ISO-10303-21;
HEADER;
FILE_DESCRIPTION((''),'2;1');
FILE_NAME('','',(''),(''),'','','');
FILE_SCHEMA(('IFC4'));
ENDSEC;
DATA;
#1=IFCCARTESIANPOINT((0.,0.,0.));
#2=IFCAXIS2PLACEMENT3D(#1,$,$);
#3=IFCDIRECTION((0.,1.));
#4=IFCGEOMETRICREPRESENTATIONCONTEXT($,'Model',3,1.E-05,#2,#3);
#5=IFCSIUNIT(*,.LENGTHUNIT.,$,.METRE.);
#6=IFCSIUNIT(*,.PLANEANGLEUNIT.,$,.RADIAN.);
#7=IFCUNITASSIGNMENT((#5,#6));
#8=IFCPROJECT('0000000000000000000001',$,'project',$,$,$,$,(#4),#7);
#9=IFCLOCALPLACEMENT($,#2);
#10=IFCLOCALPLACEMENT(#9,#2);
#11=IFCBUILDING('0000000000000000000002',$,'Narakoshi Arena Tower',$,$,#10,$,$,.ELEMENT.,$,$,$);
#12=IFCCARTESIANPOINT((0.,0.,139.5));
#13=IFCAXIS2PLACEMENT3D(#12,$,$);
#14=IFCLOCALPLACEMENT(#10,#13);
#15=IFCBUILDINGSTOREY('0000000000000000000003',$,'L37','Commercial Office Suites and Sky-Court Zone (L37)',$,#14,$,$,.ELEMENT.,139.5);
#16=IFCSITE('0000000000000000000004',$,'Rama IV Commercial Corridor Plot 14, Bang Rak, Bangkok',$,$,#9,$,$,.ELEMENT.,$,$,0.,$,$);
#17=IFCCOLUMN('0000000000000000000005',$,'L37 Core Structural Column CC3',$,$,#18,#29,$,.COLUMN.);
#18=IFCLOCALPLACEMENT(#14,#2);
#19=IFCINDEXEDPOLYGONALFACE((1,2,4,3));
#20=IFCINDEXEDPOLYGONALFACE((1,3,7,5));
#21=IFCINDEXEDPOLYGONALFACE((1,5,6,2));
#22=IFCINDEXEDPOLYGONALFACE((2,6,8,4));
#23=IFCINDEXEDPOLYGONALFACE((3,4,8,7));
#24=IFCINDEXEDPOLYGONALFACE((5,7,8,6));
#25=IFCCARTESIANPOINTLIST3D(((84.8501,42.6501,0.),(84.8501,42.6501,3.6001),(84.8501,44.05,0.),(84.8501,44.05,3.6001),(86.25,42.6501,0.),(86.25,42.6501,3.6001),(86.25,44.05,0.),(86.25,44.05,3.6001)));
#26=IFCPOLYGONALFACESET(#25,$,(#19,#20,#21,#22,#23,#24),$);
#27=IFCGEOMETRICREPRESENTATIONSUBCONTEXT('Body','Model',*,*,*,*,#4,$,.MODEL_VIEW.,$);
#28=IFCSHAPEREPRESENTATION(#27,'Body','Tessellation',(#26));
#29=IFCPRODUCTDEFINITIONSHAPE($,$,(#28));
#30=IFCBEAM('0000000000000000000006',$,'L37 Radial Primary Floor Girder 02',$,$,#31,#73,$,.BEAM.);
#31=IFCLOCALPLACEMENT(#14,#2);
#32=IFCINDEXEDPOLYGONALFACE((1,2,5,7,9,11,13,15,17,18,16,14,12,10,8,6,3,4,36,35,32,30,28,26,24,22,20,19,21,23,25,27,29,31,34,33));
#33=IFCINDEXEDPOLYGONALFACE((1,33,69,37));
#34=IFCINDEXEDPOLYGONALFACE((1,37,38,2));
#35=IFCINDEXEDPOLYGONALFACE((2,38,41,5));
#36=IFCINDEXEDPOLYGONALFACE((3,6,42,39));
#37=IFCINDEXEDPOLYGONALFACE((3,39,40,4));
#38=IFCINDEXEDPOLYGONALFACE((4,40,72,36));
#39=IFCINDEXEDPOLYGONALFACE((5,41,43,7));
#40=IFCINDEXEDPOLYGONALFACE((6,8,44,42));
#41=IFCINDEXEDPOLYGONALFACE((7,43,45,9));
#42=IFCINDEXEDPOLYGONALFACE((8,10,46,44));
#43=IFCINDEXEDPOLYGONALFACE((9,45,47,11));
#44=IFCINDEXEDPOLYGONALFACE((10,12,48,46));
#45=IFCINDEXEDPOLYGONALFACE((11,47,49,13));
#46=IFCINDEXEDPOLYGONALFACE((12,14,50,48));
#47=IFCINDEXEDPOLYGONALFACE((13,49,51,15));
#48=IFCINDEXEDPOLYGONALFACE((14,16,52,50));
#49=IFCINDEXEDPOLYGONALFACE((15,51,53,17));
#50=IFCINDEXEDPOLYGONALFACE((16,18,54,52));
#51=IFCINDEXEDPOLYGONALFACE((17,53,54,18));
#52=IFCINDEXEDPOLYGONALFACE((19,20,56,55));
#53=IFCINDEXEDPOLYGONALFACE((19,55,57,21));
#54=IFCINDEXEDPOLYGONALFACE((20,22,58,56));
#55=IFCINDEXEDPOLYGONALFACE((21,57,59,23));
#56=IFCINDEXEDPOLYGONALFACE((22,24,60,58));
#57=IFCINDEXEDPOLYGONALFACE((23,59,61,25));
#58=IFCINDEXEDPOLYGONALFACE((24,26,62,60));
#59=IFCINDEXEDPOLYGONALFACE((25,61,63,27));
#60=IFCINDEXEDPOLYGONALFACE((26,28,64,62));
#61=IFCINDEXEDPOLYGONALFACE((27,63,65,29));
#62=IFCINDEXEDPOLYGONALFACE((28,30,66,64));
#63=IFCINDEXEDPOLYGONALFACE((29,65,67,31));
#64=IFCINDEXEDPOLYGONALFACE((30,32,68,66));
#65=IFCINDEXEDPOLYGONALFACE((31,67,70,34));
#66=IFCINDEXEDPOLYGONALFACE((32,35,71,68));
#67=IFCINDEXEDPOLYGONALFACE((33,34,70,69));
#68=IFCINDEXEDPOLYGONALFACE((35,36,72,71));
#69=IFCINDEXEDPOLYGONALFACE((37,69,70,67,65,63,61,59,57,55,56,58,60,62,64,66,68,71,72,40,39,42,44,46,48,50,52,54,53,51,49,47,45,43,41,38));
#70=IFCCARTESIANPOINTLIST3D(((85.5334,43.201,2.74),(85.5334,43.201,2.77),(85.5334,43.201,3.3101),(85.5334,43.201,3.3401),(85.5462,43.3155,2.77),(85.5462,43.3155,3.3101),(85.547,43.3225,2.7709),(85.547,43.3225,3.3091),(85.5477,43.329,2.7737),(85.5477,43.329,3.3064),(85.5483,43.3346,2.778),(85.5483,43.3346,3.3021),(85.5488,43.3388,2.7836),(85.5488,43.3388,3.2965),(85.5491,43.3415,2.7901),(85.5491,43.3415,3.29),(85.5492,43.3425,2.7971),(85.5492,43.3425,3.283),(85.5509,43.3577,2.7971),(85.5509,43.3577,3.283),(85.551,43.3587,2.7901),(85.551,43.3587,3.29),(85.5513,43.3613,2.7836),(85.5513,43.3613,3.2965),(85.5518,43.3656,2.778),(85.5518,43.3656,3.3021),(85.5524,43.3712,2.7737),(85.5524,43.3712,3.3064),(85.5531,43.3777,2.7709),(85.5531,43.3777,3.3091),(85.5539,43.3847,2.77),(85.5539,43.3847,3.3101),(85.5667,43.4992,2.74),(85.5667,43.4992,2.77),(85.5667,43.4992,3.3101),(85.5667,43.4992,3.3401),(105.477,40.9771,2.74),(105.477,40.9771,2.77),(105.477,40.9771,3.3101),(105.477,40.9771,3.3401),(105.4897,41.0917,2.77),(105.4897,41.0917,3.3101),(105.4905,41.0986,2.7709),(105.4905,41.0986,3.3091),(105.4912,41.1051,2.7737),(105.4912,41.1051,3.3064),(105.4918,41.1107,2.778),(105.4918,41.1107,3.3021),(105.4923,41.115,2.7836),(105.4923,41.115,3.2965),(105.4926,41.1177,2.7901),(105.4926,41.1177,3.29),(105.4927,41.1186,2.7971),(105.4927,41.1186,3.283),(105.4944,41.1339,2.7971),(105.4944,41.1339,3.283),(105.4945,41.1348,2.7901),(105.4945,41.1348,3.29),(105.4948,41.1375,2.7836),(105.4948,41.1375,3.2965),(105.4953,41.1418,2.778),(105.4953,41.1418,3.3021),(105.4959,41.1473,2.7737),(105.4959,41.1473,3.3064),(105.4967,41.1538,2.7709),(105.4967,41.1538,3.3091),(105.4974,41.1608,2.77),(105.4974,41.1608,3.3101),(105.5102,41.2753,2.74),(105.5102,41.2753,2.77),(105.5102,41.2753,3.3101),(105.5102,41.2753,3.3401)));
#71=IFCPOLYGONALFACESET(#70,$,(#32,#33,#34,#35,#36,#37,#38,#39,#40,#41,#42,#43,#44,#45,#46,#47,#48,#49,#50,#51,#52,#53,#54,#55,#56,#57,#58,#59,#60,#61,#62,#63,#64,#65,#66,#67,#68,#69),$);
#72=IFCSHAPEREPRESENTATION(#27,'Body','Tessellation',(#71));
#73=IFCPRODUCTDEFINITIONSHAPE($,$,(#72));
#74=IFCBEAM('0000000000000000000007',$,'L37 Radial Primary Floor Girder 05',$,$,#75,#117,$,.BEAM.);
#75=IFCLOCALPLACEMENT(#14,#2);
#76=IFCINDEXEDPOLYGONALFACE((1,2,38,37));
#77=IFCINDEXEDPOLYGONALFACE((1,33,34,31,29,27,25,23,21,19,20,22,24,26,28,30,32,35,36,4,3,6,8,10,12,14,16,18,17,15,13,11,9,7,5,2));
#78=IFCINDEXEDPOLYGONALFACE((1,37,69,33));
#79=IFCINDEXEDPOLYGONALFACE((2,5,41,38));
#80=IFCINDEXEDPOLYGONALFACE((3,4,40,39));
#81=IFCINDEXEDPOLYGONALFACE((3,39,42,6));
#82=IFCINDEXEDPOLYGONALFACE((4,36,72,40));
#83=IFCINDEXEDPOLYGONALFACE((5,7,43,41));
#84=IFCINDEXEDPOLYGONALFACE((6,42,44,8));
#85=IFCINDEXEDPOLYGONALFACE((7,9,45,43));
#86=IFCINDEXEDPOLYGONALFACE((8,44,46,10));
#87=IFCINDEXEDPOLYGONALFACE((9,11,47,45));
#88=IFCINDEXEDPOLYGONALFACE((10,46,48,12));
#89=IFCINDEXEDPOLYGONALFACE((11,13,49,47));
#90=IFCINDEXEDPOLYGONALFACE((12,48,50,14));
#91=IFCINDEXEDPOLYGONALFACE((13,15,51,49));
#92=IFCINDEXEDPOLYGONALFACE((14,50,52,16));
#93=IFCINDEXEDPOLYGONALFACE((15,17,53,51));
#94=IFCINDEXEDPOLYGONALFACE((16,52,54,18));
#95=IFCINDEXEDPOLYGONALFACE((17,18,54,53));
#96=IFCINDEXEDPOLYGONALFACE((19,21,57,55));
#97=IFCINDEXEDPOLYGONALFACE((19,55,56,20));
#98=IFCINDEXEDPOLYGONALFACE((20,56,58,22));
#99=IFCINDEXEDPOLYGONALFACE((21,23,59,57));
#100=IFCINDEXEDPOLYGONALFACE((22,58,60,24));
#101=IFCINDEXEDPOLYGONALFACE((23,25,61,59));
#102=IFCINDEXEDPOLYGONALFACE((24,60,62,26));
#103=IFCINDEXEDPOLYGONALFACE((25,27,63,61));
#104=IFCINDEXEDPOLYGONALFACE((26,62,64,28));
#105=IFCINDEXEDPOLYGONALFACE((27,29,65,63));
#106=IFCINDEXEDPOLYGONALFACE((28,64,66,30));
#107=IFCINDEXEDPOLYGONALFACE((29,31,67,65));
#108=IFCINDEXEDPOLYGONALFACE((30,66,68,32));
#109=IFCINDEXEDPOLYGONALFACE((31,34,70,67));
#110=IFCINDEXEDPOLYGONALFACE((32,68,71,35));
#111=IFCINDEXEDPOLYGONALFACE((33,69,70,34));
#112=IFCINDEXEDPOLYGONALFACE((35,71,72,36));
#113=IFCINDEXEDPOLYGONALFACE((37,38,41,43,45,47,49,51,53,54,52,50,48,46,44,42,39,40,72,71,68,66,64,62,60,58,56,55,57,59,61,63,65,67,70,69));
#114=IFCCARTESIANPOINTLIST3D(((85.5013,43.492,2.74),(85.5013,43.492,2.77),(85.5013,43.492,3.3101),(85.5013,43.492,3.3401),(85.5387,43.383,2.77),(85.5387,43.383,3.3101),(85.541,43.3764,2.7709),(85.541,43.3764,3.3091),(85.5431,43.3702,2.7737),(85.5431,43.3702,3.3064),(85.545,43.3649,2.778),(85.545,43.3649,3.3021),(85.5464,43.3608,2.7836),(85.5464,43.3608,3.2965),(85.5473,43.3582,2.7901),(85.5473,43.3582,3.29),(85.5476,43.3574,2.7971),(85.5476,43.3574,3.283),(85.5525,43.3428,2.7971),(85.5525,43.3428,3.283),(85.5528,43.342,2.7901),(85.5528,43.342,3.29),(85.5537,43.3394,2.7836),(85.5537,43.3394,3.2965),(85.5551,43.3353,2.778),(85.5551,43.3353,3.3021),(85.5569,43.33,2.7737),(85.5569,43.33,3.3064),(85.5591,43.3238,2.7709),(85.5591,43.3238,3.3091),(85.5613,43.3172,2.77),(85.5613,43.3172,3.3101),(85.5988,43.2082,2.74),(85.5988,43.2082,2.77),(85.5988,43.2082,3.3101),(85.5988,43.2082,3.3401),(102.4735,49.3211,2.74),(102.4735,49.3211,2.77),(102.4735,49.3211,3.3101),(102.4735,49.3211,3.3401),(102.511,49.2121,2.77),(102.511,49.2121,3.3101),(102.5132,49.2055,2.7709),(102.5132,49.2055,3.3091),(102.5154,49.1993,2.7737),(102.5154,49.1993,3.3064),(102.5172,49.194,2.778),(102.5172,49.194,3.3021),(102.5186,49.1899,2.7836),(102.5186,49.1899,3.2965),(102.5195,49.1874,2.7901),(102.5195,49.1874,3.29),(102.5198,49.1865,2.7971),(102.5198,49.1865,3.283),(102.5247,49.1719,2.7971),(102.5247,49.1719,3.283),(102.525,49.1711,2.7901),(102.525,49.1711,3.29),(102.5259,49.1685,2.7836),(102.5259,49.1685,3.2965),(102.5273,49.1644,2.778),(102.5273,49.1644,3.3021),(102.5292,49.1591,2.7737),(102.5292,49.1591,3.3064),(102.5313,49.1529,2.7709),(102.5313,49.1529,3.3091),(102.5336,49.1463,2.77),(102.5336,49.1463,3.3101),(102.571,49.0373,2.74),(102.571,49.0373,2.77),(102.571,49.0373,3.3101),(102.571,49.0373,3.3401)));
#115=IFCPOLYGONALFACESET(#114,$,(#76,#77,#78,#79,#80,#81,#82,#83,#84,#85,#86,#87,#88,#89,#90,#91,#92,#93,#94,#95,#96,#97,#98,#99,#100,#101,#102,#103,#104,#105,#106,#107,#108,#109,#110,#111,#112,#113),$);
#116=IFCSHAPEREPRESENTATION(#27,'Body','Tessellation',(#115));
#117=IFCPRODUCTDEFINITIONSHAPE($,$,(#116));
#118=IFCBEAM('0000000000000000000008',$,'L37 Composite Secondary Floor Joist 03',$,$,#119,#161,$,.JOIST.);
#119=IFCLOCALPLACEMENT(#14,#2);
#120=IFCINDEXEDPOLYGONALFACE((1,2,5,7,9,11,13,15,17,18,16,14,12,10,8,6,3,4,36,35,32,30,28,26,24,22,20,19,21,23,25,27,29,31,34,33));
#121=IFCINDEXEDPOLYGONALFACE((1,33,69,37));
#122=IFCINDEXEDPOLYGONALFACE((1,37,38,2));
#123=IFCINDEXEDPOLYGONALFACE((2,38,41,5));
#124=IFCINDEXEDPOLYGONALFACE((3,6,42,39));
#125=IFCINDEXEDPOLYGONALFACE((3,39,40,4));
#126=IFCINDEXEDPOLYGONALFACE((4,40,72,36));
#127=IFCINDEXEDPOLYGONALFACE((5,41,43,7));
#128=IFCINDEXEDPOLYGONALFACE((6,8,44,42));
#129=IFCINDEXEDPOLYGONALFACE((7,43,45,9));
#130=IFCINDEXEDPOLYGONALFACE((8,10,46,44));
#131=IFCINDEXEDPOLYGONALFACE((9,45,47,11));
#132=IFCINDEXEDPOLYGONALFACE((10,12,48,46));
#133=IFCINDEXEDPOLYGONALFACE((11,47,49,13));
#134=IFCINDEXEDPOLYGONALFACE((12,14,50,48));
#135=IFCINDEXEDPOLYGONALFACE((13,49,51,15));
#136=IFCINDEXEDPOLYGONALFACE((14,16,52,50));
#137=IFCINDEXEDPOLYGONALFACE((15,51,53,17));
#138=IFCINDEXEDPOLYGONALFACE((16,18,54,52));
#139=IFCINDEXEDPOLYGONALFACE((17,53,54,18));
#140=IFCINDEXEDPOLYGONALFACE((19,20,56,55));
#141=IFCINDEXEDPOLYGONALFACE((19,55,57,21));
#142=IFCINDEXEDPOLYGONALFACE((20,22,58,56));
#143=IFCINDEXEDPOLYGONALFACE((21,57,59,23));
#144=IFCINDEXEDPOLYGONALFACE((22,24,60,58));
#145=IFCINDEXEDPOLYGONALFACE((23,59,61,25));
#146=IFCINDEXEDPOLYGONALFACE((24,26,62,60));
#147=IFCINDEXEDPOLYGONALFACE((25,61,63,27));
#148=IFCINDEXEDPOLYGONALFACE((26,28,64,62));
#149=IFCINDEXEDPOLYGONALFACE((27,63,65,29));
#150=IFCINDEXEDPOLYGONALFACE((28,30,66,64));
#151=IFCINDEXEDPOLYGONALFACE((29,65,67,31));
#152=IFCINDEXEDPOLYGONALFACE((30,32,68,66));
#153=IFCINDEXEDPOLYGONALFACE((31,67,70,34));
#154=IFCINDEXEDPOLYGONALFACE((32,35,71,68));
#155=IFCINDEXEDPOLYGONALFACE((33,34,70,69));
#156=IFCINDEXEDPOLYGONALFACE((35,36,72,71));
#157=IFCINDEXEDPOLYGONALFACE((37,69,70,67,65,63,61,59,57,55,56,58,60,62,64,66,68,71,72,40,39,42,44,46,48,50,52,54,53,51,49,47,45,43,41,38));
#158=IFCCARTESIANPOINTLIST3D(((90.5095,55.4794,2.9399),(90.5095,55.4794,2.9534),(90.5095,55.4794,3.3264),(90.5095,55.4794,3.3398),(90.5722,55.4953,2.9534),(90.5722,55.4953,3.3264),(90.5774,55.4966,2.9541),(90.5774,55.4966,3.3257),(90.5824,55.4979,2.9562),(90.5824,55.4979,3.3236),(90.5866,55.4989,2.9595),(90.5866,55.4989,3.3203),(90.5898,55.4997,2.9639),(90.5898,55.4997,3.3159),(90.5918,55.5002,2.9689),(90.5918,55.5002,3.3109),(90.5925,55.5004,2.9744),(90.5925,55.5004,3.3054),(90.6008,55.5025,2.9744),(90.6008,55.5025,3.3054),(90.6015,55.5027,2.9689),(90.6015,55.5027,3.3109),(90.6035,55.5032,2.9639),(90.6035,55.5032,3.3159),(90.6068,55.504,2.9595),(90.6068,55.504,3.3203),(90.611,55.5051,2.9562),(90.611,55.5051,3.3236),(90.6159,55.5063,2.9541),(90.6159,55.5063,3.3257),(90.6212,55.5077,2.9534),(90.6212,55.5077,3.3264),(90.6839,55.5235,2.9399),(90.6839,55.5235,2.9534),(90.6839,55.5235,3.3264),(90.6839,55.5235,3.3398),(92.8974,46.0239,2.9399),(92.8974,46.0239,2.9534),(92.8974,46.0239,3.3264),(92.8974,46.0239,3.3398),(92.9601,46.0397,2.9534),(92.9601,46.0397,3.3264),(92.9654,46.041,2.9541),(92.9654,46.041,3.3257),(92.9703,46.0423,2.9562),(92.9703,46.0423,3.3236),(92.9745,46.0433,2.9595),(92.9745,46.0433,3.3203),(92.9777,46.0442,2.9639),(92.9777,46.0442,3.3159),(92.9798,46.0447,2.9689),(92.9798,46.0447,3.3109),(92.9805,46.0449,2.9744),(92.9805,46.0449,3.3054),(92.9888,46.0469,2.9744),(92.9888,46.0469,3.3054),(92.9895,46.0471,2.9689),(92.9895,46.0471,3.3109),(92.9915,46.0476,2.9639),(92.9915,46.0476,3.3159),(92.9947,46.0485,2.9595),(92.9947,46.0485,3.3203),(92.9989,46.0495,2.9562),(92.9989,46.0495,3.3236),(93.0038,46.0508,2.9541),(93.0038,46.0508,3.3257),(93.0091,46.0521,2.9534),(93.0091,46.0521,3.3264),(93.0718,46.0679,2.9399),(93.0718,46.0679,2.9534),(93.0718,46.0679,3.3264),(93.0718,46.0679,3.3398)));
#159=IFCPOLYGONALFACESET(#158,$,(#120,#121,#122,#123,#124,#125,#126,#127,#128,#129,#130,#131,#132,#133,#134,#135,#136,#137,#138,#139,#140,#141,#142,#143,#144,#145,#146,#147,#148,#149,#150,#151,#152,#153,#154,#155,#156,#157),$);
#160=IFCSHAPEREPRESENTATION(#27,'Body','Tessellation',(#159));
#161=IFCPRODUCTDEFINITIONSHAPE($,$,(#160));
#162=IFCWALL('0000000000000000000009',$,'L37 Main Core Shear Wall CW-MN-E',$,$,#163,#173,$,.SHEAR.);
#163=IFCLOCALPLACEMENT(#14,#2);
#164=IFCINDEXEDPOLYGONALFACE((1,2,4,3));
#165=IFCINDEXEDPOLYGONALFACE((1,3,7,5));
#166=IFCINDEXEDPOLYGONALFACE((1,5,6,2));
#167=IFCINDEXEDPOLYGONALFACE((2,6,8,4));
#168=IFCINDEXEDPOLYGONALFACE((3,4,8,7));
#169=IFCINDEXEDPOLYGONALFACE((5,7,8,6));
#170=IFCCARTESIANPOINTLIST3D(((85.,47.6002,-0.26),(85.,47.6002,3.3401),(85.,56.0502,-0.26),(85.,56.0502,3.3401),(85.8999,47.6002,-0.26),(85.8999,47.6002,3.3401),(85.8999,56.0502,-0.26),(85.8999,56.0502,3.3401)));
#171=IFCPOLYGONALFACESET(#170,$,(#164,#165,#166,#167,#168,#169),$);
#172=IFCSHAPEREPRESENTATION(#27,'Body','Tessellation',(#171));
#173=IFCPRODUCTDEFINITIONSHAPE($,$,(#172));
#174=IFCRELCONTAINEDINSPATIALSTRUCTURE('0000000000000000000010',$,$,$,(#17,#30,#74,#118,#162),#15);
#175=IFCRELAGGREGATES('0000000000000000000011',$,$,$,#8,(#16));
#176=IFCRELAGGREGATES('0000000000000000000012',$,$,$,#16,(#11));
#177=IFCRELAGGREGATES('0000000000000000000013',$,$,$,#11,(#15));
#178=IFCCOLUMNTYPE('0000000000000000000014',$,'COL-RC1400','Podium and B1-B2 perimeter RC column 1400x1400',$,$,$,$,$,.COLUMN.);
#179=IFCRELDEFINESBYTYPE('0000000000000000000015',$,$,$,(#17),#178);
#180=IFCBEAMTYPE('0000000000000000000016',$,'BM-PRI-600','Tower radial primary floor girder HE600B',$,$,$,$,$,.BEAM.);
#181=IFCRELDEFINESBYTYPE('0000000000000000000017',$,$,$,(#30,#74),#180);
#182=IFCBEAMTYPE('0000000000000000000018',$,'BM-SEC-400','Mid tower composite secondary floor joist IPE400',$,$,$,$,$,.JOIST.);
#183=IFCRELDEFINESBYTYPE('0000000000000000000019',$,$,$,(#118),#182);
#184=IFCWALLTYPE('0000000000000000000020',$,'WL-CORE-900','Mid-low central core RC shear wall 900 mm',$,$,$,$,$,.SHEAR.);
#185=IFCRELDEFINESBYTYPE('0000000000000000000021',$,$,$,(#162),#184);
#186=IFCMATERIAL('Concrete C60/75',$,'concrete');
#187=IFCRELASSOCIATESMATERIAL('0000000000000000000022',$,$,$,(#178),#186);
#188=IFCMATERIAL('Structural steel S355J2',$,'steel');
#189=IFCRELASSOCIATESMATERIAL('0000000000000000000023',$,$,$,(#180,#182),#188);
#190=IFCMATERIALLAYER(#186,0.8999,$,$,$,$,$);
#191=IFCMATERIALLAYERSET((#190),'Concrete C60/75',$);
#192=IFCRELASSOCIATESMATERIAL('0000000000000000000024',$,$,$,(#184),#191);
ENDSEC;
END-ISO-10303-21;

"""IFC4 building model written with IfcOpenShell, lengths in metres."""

from ifc_helpers import new_model, si_unit, direction, frame, frame_2d, origin, origin_2d, place, context, subcontext, project, spatial, rectangle, i_section, extrude, material, layer, layer_set, material_profile, profile_set, type_object, element, save


model = new_model("IFC4")

# Units and contexts
model_context = context("Model", 3, precision=1e-05, world=origin(), true_north=direction((0.0, 1.0)))
body_context = subcontext(model_context, "Body", "Model", "MODEL_VIEW")
ifc_project = project(units=[si_unit("LENGTHUNIT", "METRE"), si_unit("PLANEANGLEUNIT", "RADIAN")], contexts=[model_context])

# Site, building, storey
site_placement = place(None, origin())
site = spatial("IfcSite", under=ifc_project, at=site_placement, Name="Rama IV Commercial Corridor Plot 14, Bang Rak, Bangkok", CompositionType="ELEMENT", RefElevation=0.0)
building_placement = place(site_placement, origin())
building = spatial("IfcBuilding", under=site, at=building_placement, Name="Narakoshi Arena Tower", CompositionType="ELEMENT")
storey_placement = place(building_placement, frame((0.0, 0.0, 139.5)))
storey = spatial("IfcBuildingStorey", under=building, at=storey_placement, Name="L37", Description="Commercial Office Suites and Sky-Court Zone (L37)", CompositionType="ELEMENT", Elevation=139.5)

# Column
ifc_material_1 = material(Name="Concrete C60/75", Category="concrete")
ifc_material_profile_1 = material_profile(ifc_material_1, rectangle(XDim=1.3999, YDim=1.3999, at=origin_2d()), Name="RC1400x1400")
ifc_profile_set_1 = profile_set([ifc_material_profile_1], Name="Concrete C60/75")
column_type = type_object("IfcColumnType", Name="COL-RC1400", Description="Podium and B1-B2 perimeter RC column 1400x1400", PredefinedType="COLUMN", material=ifc_profile_set_1)
column_placement = place(storey_placement, frame((85.55, 43.3501, 0.0), z_axis=(0.0, 0.0, 1.0), x_axis=(1.0, 0.0, 0.0)))
element("IfcColumn", 1, at=column_placement, inside=storey, type_object=column_type, Name="L37 Core Structural Column CC3", PredefinedType="COLUMN", context=body_context, shape_type="SweptSolid", body=[
    extrude(rectangle(XDim=1.3999, YDim=1.3999, at=origin_2d()), origin(), (0.0, 0.0, 1.0), 3.6001),
])

# Beams
ifc_material_2 = material(Name="Structural steel S355J2", Category="steel")
ifc_material_profile_2 = material_profile(ifc_material_2, i_section(OverallWidth=0.3, OverallDepth=0.6001, WebThickness=0.0154, FlangeThickness=0.03, FilletRadius=0.0271, at=origin_2d()), Name="HE600B")
ifc_profile_set_2 = profile_set([ifc_material_profile_2], Name="Structural steel S355J2")
beam_type_1 = type_object("IfcBeamType", Name="BM-PRI-600", Description="Tower radial primary floor girder HE600B", PredefinedType="BEAM", material=ifc_profile_set_2)
beam_1_placement = place(storey_placement, frame((85.55, 43.3501, 3.04), z_axis=(0.99384, -0.110821, 0.0), x_axis=(0.110821, 0.99384, 0.0)))
element("IfcBeam", 2, at=beam_1_placement, inside=storey, type_object=beam_type_1, Name="L37 Radial Primary Floor Girder 02", PredefinedType="BEAM", context=body_context, shape_type="SweptSolid", body=[
    extrude(i_section(OverallWidth=0.3, OverallDepth=0.6001, WebThickness=0.0154, FlangeThickness=0.03, FilletRadius=0.0271, at=origin_2d()), origin(), (0.0, 0.0, 1.0), 20.0671),
])
beam_2_placement = place(storey_placement, frame((85.55, 43.3501, 3.04), z_axis=(0.945774, 0.324827, 0.0), x_axis=(-0.324827, 0.945774, 0.0)))
element("IfcBeam", 3, at=beam_2_placement, inside=storey, type_object=beam_type_1, Name="L37 Radial Primary Floor Girder 05", PredefinedType="BEAM", context=body_context, shape_type="SweptSolid", body=[
    extrude(i_section(OverallWidth=0.3, OverallDepth=0.6001, WebThickness=0.0154, FlangeThickness=0.03, FilletRadius=0.0271, at=origin_2d()), origin(), (0.0, 0.0, 1.0), 17.9453),
])
ifc_material_profile_3 = material_profile(ifc_material_2, i_section(OverallWidth=0.1799, OverallDepth=0.3999, WebThickness=0.0085, FlangeThickness=0.0134, FilletRadius=0.021, at=origin_2d()), Name="IPE400")
ifc_profile_set_3 = profile_set([ifc_material_profile_3], Name="Structural steel S355J2")
beam_type_2 = type_object("IfcBeamType", Name="BM-SEC-400", Description="Mid tower composite secondary floor joist IPE400", PredefinedType="JOIST", material=ifc_profile_set_3)
beam_3_placement = place(storey_placement, frame((92.9846, 46.0459, 3.1399), z_axis=(-0.244856, 0.96956, 0.0), x_axis=(-0.96956, -0.244856, 0.0)))
element("IfcBeam", 4, at=beam_3_placement, inside=storey, type_object=beam_type_2, Name="L37 Composite Secondary Floor Joist 03", PredefinedType="JOIST", context=body_context, shape_type="SweptSolid", body=[
    extrude(i_section(OverallWidth=0.1799, OverallDepth=0.3999, WebThickness=0.0085, FlangeThickness=0.0134, FilletRadius=0.021, at=origin_2d()), origin(), (0.0, 0.0, 1.0), 9.7524),
])

# Wall
ifc_layer_1 = layer(ifc_material_1, 0.8999)
ifc_layer_set_1 = layer_set([ifc_layer_1], Name="Concrete C60/75")
wall_type_1 = type_object("IfcWallType", Name="WL-CORE-900", Description="Mid-low central core RC shear wall 900 mm", PredefinedType="SHEAR", material=ifc_layer_set_1)
wall_1_placement = place(storey_placement, frame((85.45, 47.6001, -0.26), z_axis=(0.0, 0.0, 1.0), x_axis=(0.0, 1.0, 0.0)))
element("IfcWall", 5, at=wall_1_placement, inside=storey, type_object=wall_type_1, Name="L37 Main Core Shear Wall CW-MN-E", PredefinedType="SHEAR", context=body_context, shape_type="SweptSolid", body=[
    extrude(rectangle(XDim=8.45, YDim=0.8999, at=frame_2d((4.2251, 0.0))), origin(), (0.0, 0.0, 1.0), 3.6001),
])

save(model, "model.ifc")
